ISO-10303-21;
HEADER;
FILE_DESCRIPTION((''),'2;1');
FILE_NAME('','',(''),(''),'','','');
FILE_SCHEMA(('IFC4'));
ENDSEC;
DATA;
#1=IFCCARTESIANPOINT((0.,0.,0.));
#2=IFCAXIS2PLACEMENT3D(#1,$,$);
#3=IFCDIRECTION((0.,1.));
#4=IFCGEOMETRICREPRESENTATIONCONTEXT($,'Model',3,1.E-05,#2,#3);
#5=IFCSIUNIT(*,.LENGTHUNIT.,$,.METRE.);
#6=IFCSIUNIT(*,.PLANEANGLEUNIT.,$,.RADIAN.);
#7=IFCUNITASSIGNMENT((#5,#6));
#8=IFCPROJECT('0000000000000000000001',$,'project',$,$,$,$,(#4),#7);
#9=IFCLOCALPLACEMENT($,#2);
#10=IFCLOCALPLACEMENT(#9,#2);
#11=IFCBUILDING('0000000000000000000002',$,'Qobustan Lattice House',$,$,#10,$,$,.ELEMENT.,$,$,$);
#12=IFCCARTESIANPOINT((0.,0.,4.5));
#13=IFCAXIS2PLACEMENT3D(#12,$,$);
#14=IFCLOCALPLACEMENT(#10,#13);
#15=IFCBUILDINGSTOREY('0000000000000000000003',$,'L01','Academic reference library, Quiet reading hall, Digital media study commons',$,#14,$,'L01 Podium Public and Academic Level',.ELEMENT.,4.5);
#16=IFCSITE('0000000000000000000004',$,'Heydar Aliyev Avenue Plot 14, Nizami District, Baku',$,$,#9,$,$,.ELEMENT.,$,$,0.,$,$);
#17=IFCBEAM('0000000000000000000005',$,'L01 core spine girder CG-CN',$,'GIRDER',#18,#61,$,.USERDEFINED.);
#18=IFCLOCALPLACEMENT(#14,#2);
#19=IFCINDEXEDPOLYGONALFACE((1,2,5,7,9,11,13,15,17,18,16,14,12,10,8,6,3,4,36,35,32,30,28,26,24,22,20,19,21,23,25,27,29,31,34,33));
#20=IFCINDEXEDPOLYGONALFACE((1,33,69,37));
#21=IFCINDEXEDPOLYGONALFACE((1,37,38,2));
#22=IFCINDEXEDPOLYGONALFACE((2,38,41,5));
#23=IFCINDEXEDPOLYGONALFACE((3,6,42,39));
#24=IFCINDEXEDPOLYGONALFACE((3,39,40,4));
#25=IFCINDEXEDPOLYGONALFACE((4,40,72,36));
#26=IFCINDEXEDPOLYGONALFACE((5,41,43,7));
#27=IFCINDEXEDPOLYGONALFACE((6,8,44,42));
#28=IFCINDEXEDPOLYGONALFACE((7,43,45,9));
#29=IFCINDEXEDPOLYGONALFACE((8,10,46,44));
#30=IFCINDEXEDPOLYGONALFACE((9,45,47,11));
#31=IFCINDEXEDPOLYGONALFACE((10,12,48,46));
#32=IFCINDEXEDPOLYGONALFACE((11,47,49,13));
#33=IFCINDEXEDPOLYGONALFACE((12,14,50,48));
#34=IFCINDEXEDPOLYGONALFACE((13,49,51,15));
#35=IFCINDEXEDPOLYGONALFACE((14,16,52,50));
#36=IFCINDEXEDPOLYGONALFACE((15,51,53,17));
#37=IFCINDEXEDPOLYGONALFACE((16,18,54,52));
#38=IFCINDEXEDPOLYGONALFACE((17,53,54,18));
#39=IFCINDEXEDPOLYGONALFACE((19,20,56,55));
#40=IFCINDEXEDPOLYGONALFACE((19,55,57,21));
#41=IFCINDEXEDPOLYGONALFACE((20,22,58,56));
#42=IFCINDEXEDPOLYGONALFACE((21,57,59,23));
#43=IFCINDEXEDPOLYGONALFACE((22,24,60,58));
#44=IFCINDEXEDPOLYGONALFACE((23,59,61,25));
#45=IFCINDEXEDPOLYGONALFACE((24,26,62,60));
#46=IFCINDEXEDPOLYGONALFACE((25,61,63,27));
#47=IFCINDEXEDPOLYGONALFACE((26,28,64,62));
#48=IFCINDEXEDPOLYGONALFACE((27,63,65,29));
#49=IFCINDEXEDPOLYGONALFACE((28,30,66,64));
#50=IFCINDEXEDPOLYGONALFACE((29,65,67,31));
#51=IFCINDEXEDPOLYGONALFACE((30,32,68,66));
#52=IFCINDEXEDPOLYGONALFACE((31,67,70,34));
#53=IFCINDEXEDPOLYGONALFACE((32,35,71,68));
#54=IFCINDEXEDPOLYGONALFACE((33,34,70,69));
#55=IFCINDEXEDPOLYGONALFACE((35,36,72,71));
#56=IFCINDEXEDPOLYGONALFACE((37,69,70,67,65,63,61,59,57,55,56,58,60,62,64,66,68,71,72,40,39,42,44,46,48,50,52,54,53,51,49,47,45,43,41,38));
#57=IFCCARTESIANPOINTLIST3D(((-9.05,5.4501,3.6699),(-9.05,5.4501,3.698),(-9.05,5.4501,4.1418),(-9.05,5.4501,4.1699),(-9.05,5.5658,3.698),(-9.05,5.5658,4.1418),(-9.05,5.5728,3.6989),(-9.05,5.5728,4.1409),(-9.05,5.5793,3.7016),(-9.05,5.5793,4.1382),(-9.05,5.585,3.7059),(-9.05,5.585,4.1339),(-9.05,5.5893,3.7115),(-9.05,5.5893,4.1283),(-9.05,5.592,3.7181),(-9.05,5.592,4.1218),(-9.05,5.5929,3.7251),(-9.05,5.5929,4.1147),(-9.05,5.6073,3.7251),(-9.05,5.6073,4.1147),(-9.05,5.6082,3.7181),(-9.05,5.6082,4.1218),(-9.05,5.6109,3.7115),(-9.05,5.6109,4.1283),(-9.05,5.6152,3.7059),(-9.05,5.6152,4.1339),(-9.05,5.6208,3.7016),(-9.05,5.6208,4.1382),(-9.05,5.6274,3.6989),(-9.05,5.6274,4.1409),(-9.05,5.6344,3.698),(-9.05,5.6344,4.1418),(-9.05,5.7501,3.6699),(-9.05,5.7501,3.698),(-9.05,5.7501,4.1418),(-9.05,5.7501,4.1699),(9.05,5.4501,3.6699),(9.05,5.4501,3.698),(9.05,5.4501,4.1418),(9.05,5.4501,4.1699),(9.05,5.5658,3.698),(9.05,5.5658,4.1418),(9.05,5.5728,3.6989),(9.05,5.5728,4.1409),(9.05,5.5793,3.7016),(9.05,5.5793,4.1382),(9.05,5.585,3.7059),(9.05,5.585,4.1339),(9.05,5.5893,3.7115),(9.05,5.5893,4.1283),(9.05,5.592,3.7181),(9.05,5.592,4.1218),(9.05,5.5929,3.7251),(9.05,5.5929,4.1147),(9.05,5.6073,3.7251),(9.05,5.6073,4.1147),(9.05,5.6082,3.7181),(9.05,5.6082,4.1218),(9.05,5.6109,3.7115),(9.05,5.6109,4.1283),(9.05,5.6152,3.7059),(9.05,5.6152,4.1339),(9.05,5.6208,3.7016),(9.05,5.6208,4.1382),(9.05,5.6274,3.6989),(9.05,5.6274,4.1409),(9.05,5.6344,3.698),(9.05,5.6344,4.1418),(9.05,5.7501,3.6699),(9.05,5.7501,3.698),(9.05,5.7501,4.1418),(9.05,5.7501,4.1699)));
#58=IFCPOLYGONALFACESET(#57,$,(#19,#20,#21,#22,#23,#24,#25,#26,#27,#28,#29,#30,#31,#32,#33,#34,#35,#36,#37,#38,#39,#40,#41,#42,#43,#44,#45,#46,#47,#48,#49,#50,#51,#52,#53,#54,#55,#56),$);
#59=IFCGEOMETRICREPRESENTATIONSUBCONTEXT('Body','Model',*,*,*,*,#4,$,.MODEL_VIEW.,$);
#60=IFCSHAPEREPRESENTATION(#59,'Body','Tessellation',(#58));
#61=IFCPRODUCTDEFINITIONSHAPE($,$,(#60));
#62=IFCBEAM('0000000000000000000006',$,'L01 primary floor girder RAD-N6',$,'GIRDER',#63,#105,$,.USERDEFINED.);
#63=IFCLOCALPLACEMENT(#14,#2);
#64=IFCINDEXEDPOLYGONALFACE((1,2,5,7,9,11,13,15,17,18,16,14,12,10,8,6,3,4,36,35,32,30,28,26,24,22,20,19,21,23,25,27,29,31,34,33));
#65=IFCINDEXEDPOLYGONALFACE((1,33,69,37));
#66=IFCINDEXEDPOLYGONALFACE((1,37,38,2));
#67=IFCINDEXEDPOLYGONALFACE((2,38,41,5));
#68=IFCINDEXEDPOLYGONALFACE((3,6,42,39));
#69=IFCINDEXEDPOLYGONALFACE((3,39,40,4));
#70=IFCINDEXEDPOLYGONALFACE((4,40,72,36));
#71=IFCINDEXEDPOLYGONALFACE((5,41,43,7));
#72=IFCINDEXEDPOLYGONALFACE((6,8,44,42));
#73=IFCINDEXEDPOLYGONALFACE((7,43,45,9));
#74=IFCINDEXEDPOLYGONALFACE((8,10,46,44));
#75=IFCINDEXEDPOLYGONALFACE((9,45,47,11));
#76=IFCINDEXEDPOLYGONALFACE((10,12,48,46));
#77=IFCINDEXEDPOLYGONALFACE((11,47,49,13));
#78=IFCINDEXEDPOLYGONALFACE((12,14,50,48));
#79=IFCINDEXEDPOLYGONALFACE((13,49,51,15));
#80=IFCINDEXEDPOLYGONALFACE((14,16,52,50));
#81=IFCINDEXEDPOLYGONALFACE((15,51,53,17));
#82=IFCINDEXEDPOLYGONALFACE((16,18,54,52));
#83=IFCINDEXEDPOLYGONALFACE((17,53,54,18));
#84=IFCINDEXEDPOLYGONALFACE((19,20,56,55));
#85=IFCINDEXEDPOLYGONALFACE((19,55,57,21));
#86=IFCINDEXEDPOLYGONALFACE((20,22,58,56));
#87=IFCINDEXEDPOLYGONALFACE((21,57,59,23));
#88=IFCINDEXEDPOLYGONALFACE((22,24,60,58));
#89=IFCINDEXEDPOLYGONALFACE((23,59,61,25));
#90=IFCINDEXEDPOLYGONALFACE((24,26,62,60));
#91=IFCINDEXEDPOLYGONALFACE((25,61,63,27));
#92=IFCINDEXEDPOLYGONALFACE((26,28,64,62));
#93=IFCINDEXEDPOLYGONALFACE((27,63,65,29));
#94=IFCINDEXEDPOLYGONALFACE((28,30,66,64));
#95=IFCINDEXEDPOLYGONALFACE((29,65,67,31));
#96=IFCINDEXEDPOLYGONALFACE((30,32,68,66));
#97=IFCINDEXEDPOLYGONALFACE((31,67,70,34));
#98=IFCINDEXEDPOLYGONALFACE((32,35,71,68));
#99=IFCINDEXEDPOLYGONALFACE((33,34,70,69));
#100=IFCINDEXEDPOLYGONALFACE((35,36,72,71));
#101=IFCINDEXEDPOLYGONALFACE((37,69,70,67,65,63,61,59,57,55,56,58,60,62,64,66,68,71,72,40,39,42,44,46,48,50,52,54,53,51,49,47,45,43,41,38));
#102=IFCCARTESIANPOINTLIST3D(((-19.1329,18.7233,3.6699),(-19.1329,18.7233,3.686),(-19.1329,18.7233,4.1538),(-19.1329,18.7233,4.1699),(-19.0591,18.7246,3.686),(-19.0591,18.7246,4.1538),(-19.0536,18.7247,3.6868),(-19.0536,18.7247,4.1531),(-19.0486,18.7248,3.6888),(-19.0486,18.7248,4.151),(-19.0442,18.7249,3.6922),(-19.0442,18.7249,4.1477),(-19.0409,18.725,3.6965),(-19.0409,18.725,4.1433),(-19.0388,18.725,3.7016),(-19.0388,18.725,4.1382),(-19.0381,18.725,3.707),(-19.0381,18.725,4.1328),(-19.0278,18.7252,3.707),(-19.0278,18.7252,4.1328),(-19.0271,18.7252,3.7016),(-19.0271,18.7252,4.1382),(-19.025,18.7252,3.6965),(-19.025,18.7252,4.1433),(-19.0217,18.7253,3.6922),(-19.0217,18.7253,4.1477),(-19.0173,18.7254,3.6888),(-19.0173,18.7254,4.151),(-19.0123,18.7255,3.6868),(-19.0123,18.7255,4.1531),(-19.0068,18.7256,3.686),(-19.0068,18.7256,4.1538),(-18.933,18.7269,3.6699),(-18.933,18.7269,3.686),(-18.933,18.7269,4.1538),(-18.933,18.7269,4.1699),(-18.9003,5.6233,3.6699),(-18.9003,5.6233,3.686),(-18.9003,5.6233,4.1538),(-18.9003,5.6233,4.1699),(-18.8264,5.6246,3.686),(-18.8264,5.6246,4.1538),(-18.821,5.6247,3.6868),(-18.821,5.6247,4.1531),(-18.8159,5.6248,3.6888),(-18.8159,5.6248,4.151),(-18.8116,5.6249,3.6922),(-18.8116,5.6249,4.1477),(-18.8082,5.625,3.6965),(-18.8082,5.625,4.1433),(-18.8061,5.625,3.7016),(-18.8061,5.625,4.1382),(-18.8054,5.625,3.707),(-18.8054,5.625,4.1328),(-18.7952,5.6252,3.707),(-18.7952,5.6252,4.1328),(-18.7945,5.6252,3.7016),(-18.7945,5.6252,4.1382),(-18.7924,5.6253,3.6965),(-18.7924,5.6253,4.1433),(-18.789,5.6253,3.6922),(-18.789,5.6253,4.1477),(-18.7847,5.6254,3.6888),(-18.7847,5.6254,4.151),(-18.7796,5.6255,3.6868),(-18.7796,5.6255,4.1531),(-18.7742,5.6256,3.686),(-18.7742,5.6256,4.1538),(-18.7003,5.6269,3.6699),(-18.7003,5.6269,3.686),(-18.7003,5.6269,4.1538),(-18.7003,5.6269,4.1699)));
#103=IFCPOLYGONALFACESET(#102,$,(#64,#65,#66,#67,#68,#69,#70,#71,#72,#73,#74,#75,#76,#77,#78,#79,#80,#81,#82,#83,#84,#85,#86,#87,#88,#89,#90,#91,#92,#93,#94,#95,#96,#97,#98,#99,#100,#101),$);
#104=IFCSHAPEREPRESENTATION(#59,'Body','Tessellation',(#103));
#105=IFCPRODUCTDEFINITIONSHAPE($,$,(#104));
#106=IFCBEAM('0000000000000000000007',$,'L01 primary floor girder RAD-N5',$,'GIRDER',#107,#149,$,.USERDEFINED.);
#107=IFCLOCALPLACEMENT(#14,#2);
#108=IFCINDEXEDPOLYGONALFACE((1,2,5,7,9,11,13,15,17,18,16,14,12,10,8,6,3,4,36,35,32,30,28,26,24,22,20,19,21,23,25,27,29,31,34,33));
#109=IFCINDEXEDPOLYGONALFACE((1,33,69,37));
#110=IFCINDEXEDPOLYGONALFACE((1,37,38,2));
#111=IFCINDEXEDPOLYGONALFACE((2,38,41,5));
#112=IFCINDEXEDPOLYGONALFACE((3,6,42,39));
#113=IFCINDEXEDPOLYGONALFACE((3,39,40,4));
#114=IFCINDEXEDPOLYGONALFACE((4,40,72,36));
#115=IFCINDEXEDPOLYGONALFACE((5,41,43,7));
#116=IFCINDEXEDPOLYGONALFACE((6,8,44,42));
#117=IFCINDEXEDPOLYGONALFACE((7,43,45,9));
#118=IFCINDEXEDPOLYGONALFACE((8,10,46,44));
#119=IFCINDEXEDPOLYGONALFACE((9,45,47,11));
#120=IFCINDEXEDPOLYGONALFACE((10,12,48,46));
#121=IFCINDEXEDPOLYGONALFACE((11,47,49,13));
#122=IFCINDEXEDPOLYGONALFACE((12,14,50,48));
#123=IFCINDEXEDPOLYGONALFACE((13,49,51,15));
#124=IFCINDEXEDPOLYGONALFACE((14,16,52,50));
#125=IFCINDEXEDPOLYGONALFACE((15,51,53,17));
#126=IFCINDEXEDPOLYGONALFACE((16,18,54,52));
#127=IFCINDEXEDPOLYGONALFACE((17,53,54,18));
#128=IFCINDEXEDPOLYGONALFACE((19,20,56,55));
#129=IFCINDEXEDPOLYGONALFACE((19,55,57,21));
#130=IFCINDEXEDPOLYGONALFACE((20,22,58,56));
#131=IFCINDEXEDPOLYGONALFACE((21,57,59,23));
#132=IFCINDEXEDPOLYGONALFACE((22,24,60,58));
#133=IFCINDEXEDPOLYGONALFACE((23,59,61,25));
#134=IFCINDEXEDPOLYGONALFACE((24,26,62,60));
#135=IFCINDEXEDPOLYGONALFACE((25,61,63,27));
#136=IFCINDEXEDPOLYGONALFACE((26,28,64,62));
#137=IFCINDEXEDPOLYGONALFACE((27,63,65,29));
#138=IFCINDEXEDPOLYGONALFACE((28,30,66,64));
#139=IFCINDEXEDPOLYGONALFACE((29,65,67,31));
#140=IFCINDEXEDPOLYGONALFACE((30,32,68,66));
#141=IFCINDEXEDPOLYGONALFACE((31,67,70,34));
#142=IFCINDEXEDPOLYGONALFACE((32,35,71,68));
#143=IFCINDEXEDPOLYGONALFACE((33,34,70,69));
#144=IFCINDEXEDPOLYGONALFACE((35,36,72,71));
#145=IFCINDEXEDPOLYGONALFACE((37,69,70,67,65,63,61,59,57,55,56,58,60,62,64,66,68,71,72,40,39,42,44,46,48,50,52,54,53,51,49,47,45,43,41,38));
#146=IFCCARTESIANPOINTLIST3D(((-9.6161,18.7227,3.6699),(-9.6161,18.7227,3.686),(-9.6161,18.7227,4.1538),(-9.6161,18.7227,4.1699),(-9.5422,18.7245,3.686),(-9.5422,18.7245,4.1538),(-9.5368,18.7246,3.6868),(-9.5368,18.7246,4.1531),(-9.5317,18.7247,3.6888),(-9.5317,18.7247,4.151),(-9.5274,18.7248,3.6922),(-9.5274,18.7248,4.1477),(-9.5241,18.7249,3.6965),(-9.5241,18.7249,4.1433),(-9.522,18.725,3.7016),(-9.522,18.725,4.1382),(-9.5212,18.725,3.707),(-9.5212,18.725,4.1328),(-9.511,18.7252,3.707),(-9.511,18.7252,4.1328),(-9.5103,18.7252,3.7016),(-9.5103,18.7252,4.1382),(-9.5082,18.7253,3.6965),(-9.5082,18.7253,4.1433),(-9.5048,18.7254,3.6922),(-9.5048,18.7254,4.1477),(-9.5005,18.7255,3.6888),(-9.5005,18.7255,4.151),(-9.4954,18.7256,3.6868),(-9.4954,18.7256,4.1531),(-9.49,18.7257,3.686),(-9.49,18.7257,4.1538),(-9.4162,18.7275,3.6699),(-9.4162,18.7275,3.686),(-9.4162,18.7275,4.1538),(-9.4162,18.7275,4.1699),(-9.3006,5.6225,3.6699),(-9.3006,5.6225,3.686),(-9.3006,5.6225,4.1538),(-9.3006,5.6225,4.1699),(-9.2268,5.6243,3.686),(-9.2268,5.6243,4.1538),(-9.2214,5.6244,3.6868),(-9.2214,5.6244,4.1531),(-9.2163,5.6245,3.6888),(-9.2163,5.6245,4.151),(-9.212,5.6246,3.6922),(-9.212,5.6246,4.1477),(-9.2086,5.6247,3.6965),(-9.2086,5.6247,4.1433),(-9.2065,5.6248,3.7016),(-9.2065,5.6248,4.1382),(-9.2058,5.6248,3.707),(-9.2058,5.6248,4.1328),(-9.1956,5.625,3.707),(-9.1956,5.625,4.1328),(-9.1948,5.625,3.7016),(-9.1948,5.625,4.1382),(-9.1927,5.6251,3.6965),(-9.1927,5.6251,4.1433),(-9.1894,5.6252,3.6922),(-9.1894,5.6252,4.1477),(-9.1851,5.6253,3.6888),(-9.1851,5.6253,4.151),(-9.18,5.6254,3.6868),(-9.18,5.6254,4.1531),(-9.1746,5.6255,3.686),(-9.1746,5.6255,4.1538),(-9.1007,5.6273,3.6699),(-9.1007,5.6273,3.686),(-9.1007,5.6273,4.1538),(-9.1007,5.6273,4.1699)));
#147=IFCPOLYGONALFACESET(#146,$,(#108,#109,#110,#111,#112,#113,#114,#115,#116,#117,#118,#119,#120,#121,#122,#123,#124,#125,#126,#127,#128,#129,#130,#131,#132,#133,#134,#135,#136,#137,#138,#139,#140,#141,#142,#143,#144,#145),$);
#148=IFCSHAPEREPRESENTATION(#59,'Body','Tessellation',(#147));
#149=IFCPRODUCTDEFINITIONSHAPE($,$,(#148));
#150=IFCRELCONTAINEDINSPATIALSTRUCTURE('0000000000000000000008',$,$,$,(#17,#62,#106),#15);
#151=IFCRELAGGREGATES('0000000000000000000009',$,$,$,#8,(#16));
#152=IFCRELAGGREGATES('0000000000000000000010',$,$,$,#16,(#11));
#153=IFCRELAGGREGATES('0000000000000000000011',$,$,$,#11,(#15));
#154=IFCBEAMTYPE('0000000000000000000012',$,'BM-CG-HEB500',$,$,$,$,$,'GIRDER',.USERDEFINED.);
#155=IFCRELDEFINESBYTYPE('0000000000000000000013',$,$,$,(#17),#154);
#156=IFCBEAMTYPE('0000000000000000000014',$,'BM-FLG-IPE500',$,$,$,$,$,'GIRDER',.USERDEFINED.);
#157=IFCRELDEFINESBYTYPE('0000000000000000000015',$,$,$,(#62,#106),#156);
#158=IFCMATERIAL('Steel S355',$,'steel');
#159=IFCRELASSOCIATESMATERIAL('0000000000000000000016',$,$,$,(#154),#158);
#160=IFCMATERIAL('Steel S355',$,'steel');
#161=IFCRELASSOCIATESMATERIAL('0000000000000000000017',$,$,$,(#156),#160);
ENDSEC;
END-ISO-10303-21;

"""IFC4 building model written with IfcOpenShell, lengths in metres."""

from ifc_helpers import new_model, si_unit, direction, frame, origin, origin_2d, place, context, subcontext, project, spatial, i_section, extrude, material, material_profile, profile_set, type_object, element, save


model = new_model("IFC4")

# Units and contexts
model_context = context("Model", 3, precision=1e-05, world=origin(), true_north=direction((0.0, 1.0)))
body_context = subcontext(model_context, "Body", "Model", "MODEL_VIEW")
ifc_project = project(units=[si_unit("LENGTHUNIT", "METRE"), si_unit("PLANEANGLEUNIT", "RADIAN")], contexts=[model_context])

# Site, building, storey
site_placement = place(None, origin())
site = spatial("IfcSite", under=ifc_project, at=site_placement, Name="Heydar Aliyev Avenue Plot 14, Nizami District, Baku", CompositionType="ELEMENT", RefElevation=0.0)
building_placement = place(site_placement, origin())
building = spatial("IfcBuilding", under=site, at=building_placement, Name="Qobustan Lattice House", CompositionType="ELEMENT")
storey_placement = place(building_placement, frame((0.0, 0.0, 4.5)))
storey = spatial("IfcBuildingStorey", under=building, at=storey_placement, Name="L01", Description="Academic reference library, Quiet reading hall, Digital media study commons", LongName="L01 Podium Public and Academic Level", CompositionType="ELEMENT", Elevation=4.5)

# Beams
ifc_material_1 = material(Name="Steel S355", Category="steel")
ifc_material_profile_1 = material_profile(ifc_material_1, i_section(OverallWidth=0.3, OverallDepth=0.5, WebThickness=0.0144, FlangeThickness=0.0281, FilletRadius=0.0271, at=origin_2d()), Name="HEB500")
ifc_profile_set_1 = profile_set([ifc_material_profile_1], Name="Steel S355")
beam_type_1 = type_object("IfcBeamType", Name="BM-CG-HEB500", ElementType="GIRDER", PredefinedType="USERDEFINED", material=ifc_profile_set_1)
beam_1_placement = place(storey_placement, frame((-9.05, 5.6001, 3.9199), z_axis=(1.0, 0.0, 0.0), x_axis=(0.0, 1.0, 0.0)))
element("IfcBeam", 1, at=beam_1_placement, inside=storey, type_object=beam_type_1, Name="L01 core spine girder CG-CN", ObjectType="GIRDER", PredefinedType="USERDEFINED", context=body_context, shape_type="SweptSolid", body=[
    extrude(i_section(OverallWidth=0.3, OverallDepth=0.5, WebThickness=0.0144, FlangeThickness=0.0281, FilletRadius=0.0271, at=origin_2d()), origin(), (0.0, 0.0, 1.0), 18.1001),
])
ifc_material_2 = material(Name="Steel S355", Category="steel")
ifc_material_profile_2 = material_profile(ifc_material_2, i_section(OverallWidth=0.2, OverallDepth=0.5, WebThickness=0.0103, FlangeThickness=0.0161, FilletRadius=0.021, at=origin_2d()), Name="IPE500")
ifc_profile_set_2 = profile_set([ifc_material_profile_2], Name="Steel S355")
beam_type_2 = type_object("IfcBeamType", Name="BM-FLG-IPE500", ElementType="GIRDER", PredefinedType="USERDEFINED", material=ifc_profile_set_2)
beam_2_placement = place(storey_placement, frame((-19.033, 18.7251, 3.9199), z_axis=(0.017758, -0.999842, 0.0), x_axis=(0.999842, 0.017758, 0.0)))
element("IfcBeam", 2, at=beam_2_placement, inside=storey, type_object=beam_type_2, Name="L01 primary floor girder RAD-N6", ObjectType="GIRDER", PredefinedType="USERDEFINED", context=body_context, shape_type="SweptSolid", body=[
    extrude(i_section(OverallWidth=0.2, OverallDepth=0.5, WebThickness=0.0103, FlangeThickness=0.0161, FilletRadius=0.021, at=origin_2d()), origin(), (0.0, 0.0, 1.0), 13.1021),
])
beam_3_placement = place(storey_placement, frame((-9.5161, 18.7251, 3.9199), z_axis=(0.024071, -0.99971, 0.0), x_axis=(0.99971, 0.024071, 0.0)))
element("IfcBeam", 3, at=beam_3_placement, inside=storey, type_object=beam_type_2, Name="L01 primary floor girder RAD-N5", ObjectType="GIRDER", PredefinedType="USERDEFINED", context=body_context, shape_type="SweptSolid", body=[
    extrude(i_section(OverallWidth=0.2, OverallDepth=0.5, WebThickness=0.0103, FlangeThickness=0.0161, FilletRadius=0.021, at=origin_2d()), origin(), (0.0, 0.0, 1.0), 13.104),
])

save(model, "model.ifc")
